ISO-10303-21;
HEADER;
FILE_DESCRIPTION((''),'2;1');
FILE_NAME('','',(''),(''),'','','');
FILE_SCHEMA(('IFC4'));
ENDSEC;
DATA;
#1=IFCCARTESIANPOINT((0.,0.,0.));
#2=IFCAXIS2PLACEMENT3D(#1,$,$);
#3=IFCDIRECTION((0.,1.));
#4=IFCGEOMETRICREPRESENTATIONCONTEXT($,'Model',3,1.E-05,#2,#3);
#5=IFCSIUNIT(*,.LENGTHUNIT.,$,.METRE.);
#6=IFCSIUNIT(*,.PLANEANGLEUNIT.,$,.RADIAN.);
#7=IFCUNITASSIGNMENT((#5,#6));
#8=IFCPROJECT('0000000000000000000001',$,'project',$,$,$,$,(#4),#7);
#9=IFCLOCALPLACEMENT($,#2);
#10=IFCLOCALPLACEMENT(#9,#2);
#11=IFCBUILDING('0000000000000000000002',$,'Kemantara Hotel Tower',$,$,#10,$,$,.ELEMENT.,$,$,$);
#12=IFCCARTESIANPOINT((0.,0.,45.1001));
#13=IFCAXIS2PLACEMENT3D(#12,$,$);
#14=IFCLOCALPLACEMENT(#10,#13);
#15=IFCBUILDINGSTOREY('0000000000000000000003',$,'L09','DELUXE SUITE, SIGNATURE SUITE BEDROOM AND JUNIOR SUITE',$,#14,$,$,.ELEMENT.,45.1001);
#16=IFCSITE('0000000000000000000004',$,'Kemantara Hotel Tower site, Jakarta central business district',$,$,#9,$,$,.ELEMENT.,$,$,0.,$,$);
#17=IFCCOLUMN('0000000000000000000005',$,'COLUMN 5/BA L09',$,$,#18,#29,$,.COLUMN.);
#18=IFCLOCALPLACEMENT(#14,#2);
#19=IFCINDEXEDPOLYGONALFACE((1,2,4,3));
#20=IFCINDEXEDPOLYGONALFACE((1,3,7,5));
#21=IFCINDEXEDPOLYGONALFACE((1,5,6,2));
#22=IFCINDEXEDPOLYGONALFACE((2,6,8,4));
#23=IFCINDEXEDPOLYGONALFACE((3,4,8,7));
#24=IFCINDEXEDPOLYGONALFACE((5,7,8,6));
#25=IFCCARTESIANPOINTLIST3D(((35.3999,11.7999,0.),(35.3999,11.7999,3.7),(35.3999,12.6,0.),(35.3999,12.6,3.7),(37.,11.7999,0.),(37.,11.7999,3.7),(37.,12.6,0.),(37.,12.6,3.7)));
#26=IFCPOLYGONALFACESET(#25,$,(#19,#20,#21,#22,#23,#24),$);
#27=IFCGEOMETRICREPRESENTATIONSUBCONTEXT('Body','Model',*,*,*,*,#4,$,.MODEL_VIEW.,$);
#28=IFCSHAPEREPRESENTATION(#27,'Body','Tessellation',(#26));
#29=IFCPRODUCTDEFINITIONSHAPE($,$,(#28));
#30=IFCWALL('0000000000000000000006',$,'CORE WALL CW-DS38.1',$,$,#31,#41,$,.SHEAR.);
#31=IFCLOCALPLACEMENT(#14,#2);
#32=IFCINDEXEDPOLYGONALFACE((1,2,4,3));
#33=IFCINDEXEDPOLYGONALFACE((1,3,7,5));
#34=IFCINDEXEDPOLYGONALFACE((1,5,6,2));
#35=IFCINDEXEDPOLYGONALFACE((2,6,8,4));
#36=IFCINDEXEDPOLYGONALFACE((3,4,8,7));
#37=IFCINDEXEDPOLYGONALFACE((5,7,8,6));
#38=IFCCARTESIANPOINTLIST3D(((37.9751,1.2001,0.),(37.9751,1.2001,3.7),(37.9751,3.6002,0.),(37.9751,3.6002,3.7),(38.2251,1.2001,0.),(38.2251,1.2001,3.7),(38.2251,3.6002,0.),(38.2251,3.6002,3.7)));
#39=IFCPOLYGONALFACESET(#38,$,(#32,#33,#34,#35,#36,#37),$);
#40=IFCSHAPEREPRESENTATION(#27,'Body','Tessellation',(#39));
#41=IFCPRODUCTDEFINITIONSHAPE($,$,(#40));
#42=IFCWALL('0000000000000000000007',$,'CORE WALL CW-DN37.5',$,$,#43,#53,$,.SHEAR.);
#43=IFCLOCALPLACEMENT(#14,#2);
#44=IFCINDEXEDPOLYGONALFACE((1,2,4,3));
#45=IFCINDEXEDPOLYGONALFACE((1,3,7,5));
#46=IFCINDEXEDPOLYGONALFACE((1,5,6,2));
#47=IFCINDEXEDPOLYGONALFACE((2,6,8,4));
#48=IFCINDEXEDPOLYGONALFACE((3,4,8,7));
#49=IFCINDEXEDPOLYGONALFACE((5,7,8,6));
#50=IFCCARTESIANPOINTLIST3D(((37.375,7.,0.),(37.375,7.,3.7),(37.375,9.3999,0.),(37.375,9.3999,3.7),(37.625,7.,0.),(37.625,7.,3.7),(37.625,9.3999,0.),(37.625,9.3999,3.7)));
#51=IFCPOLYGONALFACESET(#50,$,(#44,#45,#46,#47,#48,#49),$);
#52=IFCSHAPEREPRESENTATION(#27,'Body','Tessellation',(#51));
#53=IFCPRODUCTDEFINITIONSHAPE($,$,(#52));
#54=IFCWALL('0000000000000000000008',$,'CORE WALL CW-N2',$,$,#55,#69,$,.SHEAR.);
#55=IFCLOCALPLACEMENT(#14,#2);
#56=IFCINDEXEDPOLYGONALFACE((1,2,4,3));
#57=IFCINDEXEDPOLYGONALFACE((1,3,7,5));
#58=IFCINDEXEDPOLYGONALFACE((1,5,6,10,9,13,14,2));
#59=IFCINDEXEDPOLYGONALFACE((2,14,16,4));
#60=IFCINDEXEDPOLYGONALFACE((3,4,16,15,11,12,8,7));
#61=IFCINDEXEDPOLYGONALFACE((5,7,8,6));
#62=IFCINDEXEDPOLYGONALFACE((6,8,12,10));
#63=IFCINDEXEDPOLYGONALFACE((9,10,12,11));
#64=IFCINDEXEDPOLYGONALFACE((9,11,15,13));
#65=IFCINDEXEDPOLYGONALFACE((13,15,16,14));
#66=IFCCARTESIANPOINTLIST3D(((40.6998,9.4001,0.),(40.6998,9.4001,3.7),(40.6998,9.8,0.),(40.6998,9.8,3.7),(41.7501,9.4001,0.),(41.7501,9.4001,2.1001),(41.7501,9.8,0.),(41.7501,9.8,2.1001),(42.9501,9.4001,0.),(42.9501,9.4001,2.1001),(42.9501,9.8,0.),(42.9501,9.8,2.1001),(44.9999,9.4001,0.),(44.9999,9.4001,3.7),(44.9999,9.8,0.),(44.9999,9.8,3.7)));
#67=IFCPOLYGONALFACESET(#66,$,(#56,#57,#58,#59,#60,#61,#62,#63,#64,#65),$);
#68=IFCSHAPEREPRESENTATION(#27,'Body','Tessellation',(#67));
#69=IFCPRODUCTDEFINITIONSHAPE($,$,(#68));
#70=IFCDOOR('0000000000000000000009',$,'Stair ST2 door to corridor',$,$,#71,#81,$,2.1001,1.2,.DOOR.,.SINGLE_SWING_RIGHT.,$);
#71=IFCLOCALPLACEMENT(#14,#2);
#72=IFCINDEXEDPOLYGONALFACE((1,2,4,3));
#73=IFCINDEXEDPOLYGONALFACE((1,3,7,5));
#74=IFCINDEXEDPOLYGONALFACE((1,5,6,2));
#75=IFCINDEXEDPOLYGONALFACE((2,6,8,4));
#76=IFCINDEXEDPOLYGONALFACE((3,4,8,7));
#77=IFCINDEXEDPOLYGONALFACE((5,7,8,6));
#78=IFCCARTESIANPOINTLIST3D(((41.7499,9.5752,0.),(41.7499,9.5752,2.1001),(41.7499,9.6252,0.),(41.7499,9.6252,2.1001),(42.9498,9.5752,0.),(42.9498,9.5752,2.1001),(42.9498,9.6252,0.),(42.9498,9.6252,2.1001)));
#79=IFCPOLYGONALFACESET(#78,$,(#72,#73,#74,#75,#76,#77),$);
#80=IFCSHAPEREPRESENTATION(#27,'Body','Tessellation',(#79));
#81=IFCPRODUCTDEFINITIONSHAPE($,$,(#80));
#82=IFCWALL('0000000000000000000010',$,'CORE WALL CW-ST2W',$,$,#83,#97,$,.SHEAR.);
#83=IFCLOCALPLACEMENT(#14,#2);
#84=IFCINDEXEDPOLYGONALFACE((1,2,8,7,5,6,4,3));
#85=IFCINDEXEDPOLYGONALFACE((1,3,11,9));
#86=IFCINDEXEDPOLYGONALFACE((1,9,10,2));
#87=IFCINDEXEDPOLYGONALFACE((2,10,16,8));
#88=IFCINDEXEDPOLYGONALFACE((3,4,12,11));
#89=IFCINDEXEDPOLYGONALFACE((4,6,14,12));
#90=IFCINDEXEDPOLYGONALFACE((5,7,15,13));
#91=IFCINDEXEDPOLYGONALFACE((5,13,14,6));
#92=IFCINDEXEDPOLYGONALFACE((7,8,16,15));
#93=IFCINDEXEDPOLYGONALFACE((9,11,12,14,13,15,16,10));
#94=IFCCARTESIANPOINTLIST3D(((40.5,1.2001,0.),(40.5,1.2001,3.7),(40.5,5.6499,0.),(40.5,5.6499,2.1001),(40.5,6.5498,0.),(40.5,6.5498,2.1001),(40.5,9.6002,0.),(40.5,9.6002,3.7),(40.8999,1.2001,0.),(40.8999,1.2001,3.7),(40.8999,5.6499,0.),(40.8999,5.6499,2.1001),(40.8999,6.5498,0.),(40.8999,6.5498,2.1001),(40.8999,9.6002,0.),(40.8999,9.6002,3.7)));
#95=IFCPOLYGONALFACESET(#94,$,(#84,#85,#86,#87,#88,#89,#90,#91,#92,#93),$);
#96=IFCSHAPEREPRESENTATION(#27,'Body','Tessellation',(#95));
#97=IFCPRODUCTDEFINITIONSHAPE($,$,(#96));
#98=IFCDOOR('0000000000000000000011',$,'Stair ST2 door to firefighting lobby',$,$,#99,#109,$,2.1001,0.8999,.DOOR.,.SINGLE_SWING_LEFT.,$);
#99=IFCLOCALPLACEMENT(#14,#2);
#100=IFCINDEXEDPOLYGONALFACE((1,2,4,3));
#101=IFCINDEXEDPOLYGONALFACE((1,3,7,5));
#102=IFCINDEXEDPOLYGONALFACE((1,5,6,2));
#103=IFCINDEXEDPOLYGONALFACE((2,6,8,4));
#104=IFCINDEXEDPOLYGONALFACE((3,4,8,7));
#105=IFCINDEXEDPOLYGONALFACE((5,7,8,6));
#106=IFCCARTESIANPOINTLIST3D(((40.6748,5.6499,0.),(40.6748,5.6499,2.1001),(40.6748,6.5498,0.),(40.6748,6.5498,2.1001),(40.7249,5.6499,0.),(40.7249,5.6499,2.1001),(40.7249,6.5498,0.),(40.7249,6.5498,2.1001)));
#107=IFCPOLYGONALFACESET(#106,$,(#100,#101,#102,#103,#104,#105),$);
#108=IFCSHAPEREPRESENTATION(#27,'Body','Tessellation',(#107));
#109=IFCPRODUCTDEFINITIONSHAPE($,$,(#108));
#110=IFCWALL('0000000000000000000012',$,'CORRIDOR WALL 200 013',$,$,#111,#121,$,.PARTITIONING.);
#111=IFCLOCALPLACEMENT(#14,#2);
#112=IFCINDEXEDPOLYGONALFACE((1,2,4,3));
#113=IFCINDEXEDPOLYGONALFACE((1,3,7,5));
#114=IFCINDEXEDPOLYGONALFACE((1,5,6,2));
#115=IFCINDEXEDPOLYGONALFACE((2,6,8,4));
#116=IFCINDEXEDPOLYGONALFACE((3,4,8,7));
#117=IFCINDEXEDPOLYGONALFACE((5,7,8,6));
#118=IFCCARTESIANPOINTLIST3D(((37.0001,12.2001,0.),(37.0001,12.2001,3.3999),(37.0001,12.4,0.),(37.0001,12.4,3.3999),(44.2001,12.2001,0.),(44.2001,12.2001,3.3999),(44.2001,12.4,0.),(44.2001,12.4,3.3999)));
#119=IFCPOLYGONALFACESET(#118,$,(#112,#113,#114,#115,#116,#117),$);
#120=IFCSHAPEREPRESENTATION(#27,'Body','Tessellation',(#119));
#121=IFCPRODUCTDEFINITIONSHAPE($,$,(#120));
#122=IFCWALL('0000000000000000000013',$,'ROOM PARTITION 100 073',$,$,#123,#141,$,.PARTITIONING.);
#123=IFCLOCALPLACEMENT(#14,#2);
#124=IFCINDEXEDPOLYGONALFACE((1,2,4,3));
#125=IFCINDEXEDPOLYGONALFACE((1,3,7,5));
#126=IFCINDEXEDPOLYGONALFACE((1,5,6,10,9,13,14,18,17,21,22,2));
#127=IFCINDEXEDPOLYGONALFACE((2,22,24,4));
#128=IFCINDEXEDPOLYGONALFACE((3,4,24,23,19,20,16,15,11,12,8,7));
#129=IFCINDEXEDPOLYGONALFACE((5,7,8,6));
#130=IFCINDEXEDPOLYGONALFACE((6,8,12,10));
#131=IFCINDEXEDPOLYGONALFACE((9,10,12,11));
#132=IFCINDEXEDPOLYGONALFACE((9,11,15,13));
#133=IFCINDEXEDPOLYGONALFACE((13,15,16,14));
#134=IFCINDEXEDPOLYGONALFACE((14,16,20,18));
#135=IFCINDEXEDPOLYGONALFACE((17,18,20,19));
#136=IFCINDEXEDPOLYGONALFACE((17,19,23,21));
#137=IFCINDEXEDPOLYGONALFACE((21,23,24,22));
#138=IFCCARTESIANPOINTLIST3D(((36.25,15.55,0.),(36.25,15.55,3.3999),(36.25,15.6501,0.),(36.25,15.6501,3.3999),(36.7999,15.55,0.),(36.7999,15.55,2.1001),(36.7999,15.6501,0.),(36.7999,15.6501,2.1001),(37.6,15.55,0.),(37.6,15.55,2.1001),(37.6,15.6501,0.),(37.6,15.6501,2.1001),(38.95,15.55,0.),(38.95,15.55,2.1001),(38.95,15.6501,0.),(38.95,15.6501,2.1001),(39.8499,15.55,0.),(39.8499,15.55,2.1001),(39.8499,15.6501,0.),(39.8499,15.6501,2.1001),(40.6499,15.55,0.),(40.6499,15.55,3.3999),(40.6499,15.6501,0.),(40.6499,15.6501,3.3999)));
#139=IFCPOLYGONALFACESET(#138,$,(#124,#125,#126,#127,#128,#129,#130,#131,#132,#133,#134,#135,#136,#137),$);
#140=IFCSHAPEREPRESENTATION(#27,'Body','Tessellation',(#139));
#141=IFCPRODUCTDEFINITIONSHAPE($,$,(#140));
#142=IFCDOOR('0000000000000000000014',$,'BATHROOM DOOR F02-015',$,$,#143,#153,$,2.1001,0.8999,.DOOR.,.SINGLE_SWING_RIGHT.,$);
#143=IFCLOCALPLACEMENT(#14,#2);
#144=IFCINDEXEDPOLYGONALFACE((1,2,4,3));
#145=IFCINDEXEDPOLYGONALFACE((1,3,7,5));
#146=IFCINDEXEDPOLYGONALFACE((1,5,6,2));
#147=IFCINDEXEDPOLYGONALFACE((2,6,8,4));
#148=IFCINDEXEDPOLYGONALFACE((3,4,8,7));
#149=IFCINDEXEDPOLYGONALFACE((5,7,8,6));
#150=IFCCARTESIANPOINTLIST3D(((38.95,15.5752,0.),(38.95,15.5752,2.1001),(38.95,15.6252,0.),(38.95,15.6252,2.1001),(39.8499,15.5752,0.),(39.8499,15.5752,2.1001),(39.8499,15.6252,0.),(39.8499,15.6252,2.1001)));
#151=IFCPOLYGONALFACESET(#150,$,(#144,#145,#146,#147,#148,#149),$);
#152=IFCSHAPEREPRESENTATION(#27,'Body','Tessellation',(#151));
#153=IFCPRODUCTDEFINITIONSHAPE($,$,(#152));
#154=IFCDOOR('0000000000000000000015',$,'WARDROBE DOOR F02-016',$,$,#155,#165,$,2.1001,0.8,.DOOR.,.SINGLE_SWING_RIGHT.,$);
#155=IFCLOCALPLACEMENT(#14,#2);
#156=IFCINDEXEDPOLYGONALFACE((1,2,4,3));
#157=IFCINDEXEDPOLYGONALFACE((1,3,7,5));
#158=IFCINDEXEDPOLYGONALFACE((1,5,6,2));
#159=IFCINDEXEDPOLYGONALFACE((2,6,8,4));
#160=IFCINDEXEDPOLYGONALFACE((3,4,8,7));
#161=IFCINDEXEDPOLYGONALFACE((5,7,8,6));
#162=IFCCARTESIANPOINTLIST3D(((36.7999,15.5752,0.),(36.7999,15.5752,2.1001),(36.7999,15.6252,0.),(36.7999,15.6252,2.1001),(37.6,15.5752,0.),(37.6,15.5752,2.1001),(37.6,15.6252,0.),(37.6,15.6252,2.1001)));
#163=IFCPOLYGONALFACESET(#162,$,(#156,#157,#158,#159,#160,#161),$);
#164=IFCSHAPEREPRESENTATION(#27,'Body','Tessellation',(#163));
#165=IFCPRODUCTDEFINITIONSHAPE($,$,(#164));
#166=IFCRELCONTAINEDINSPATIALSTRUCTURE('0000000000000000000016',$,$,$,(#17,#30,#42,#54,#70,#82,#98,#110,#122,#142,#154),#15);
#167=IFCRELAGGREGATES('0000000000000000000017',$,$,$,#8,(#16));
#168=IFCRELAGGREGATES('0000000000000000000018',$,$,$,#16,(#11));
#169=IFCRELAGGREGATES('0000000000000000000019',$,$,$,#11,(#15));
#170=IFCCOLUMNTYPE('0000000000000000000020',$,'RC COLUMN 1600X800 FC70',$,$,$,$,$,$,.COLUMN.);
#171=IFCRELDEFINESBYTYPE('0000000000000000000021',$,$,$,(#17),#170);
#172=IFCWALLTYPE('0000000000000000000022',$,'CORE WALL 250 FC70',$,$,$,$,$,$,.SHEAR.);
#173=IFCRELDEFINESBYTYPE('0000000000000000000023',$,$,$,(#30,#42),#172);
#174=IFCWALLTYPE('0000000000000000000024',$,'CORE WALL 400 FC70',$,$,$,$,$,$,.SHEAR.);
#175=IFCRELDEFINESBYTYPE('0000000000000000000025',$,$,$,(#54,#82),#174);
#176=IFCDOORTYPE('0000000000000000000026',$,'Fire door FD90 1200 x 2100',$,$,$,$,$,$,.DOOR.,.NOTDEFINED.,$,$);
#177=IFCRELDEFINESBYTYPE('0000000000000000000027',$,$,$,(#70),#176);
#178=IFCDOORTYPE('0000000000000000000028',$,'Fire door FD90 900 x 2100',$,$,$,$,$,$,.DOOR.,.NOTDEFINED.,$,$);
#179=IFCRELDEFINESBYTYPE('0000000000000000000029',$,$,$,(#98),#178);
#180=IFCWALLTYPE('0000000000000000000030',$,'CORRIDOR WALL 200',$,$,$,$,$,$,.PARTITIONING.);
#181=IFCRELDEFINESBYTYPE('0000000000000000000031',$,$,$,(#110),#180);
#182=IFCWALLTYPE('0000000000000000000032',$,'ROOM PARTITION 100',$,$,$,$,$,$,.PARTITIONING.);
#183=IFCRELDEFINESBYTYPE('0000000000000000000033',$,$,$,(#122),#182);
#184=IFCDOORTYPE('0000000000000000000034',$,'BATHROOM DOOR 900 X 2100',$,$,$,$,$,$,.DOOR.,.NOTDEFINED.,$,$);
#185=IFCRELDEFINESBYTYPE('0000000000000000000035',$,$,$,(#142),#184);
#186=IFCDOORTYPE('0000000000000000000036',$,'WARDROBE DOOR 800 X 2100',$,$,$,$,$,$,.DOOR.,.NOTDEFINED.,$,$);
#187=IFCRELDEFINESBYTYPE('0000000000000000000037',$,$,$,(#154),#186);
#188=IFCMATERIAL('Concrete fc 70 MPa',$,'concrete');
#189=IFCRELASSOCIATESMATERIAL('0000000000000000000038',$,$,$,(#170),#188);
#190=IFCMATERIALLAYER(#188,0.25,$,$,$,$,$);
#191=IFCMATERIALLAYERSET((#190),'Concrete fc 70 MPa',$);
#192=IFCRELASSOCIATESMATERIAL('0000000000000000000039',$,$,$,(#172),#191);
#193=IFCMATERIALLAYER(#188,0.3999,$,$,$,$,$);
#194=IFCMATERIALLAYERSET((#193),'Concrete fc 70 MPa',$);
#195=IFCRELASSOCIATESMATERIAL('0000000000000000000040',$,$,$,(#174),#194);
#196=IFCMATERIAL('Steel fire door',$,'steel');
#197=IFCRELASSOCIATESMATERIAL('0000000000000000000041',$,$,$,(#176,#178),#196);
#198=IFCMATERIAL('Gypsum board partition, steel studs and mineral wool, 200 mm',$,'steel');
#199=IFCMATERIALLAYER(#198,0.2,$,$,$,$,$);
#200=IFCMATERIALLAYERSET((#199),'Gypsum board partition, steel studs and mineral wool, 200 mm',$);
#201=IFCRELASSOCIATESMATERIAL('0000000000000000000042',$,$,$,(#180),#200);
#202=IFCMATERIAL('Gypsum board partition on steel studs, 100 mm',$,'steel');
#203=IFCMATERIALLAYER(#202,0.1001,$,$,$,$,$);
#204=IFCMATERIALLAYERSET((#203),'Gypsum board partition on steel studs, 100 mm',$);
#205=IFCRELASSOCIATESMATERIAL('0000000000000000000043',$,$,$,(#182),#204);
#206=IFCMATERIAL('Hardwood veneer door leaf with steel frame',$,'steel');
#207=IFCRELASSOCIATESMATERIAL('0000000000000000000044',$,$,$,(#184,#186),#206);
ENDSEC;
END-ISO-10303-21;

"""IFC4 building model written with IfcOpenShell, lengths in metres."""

from ifc_helpers import new_model, si_unit, direction, frame, frame_2d, origin, origin_2d, place, context, subcontext, project, spatial, rectangle, extrude, material, layer, layer_set, material_profile, profile_set, type_object, element, fill, save


model = new_model("IFC4")

# Units and contexts
model_context = context("Model", 3, precision=1e-05, world=origin(), true_north=direction((0.0, 1.0)))
body_context = subcontext(model_context, "Body", "Model", "MODEL_VIEW")
ifc_project = project(units=[si_unit("LENGTHUNIT", "METRE"), si_unit("PLANEANGLEUNIT", "RADIAN")], contexts=[model_context])

# Site, building, storey
site_placement = place(None, origin())
site = spatial("IfcSite", under=ifc_project, at=site_placement, Name="Kemantara Hotel Tower site, Jakarta central business district", CompositionType="ELEMENT", RefElevation=0.0)
building_placement = place(site_placement, origin())
building = spatial("IfcBuilding", under=site, at=building_placement, Name="Kemantara Hotel Tower", CompositionType="ELEMENT")
storey_placement = place(building_placement, frame((0.0, 0.0, 45.1001)))
storey = spatial("IfcBuildingStorey", under=building, at=storey_placement, Name="L09", Description="DELUXE SUITE, SIGNATURE SUITE BEDROOM AND JUNIOR SUITE", CompositionType="ELEMENT", Elevation=45.1001)

# Column
ifc_material_1 = material(Name="Concrete fc 70 MPa", Category="concrete")
ifc_material_profile = material_profile(ifc_material_1, rectangle(XDim=1.6001, YDim=0.8, at=origin_2d()), Name="RC 1600X800")
ifc_profile_set = profile_set([ifc_material_profile], Name="Concrete fc 70 MPa")
column_type = type_object("IfcColumnType", Name="RC COLUMN 1600X800 FC70", PredefinedType="COLUMN", material=ifc_profile_set)
column_placement = place(storey_placement, frame((36.2, 12.2, 0.0), z_axis=(0.0, 0.0, 1.0), x_axis=(1.0, 0.0, 0.0)))
element("IfcColumn", 1, at=column_placement, inside=storey, type_object=column_type, Name="COLUMN 5/BA L09", PredefinedType="COLUMN", context=body_context, shape_type="SweptSolid", body=[
    extrude(rectangle(XDim=1.6001, YDim=0.8, at=origin_2d()), origin(), (0.0, 0.0, 1.0), 3.7),
])

# Walls
ifc_layer_1 = layer(ifc_material_1, 0.25)
ifc_layer_set_1 = layer_set([ifc_layer_1], Name="Concrete fc 70 MPa")
wall_type_1 = type_object("IfcWallType", Name="CORE WALL 250 FC70", PredefinedType="SHEAR", material=ifc_layer_set_1)
wall_1_placement = place(storey_placement, frame((38.1001, 1.2, 0.0), z_axis=(0.0, 0.0, 1.0), x_axis=(0.0, 1.0, 0.0)))
element("IfcWall", 2, at=wall_1_placement, inside=storey, type_object=wall_type_1, Name="CORE WALL CW-DS38.1", PredefinedType="SHEAR", context=body_context, shape_type="SweptSolid", body=[
    extrude(rectangle(XDim=2.4001, YDim=0.25, at=frame_2d((1.2002, 0.0))), origin(), (0.0, 0.0, 1.0), 3.7),
])
wall_2_placement = place(storey_placement, frame((37.5, 7.0, 0.0), z_axis=(0.0, 0.0, 1.0), x_axis=(0.0, 1.0, 0.0)))
element("IfcWall", 3, at=wall_2_placement, inside=storey, type_object=wall_type_1, Name="CORE WALL CW-DN37.5", PredefinedType="SHEAR", context=body_context, shape_type="SweptSolid", body=[
    extrude(rectangle(XDim=2.3999, YDim=0.25, at=frame_2d((1.2, 0.0))), origin(), (0.0, 0.0, 1.0), 3.7),
])

# Walls, openings, doors
ifc_layer_2 = layer(ifc_material_1, 0.3999)
ifc_layer_set_2 = layer_set([ifc_layer_2], Name="Concrete fc 70 MPa")
wall_type_2 = type_object("IfcWallType", Name="CORE WALL 400 FC70", PredefinedType="SHEAR", material=ifc_layer_set_2)
wall_3_placement = place(storey_placement, frame((40.7, 9.6001, 0.0), z_axis=(0.0, 0.0, 1.0), x_axis=(1.0, 0.0, 0.0)))
wall_3 = element("IfcWall", 4, at=wall_3_placement, inside=storey, type_object=wall_type_2, Name="CORE WALL CW-N2", PredefinedType="SHEAR", context=body_context, shape_type="SweptSolid", body=[
    extrude(rectangle(XDim=4.3, YDim=0.3999, at=frame_2d((2.1499, 0.0))), origin(), (0.0, 0.0, 1.0), 3.7),
])
opening_1_placement = place(wall_3_placement, frame((1.05, 0.0, 0.0)))
opening_1 = element("IfcOpeningElement", 5, at=opening_1_placement, cuts=wall_3, PredefinedType="OPENING", context=body_context, shape_type="SweptSolid", body=[
    extrude(rectangle(XDim=1.2, YDim=2.1001, at=frame_2d((0.6001, 1.05))), frame((0.0, 0.21, 0.0), z_axis=(0.0, -1.0, 0.0), x_axis=(1.0, 0.0, 0.0)), (0.0, 0.0, 1.0), 0.4199),
])
ifc_material_2 = material(Name="Steel fire door", Category="steel")
door_type_1 = type_object("IfcDoorType", Name="Fire door FD90 1200 x 2100", OperationType="NOTDEFINED", PredefinedType="DOOR", material=ifc_material_2)
door_1_placement = place(opening_1_placement, frame((1.2, 0.0, 0.0), z_axis=(0.0, 0.0, 1.0), x_axis=(-1.0, 0.0, 0.0)))
door_1 = element("IfcDoor", 6, at=door_1_placement, inside=storey, type_object=door_type_1, Name="Stair ST2 door to corridor", OperationType="SINGLE_SWING_RIGHT", OverallHeight=2.1001, OverallWidth=1.2, PredefinedType="DOOR", context=body_context, shape_type="SweptSolid", body=[
    extrude(rectangle(XDim=1.2, YDim=2.1001, at=frame_2d((0.6001, 1.05))), frame((0.0, 0.0249, 0.0), z_axis=(0.0, -1.0, 0.0), x_axis=(1.0, 0.0, 0.0)), (0.0, 0.0, 1.0), 0.05),
])
fill(opening_1, door_1)
wall_4_placement = place(storey_placement, frame((40.7, 1.2, 0.0), z_axis=(0.0, 0.0, 1.0), x_axis=(0.0, 1.0, 0.0)))
wall_4 = element("IfcWall", 7, at=wall_4_placement, inside=storey, type_object=wall_type_2, Name="CORE WALL CW-ST2W", PredefinedType="SHEAR", context=body_context, shape_type="SweptSolid", body=[
    extrude(rectangle(XDim=8.4001, YDim=0.3999, at=frame_2d((4.2002, 0.0))), origin(), (0.0, 0.0, 1.0), 3.7),
])
opening_2_placement = place(wall_4_placement, frame((4.45, 0.0, 0.0)))
opening_2 = element("IfcOpeningElement", 8, at=opening_2_placement, cuts=wall_4, PredefinedType="OPENING", context=body_context, shape_type="SweptSolid", body=[
    extrude(rectangle(XDim=0.8999, YDim=2.1001, at=frame_2d((0.45, 1.05))), frame((0.0, 0.21, 0.0), z_axis=(0.0, -1.0, 0.0), x_axis=(1.0, 0.0, 0.0)), (0.0, 0.0, 1.0), 0.4199),
])
door_type_2 = type_object("IfcDoorType", Name="Fire door FD90 900 x 2100", OperationType="NOTDEFINED", PredefinedType="DOOR", material=ifc_material_2)
door_2_placement = place(opening_2_placement, frame((0.8999, 0.0, 0.0), z_axis=(0.0, 0.0, 1.0), x_axis=(-1.0, 0.0, 0.0)))
door_2 = element("IfcDoor", 9, at=door_2_placement, inside=storey, type_object=door_type_2, Name="Stair ST2 door to firefighting lobby", OperationType="SINGLE_SWING_LEFT", OverallHeight=2.1001, OverallWidth=0.8999, PredefinedType="DOOR", context=body_context, shape_type="SweptSolid", body=[
    extrude(rectangle(XDim=0.8999, YDim=2.1001, at=frame_2d((0.45, 1.05))), frame((0.0, 0.0249, 0.0), z_axis=(0.0, -1.0, 0.0), x_axis=(1.0, 0.0, 0.0)), (0.0, 0.0, 1.0), 0.05),
])
fill(opening_2, door_2)

# Wall
ifc_material_3 = material(Name="Gypsum board partition, steel studs and mineral wool, 200 mm", Category="steel")
ifc_layer_3 = layer(ifc_material_3, 0.2)
ifc_layer_set_3 = layer_set([ifc_layer_3], Name="Gypsum board partition, steel studs and mineral wool, 200 mm")
wall_type_3 = type_object("IfcWallType", Name="CORRIDOR WALL 200", PredefinedType="PARTITIONING", material=ifc_layer_set_3)
wall_5_placement = place(storey_placement, frame((37.0, 12.3, 0.0), z_axis=(0.0, 0.0, 1.0), x_axis=(1.0, 0.0, 0.0)))
element("IfcWall", 10, at=wall_5_placement, inside=storey, type_object=wall_type_3, Name="CORRIDOR WALL 200 013", PredefinedType="PARTITIONING", context=body_context, shape_type="SweptSolid", body=[
    extrude(rectangle(XDim=7.2, YDim=0.2, at=frame_2d((3.6001, 0.0))), origin(), (0.0, 0.0, 1.0), 3.3999),
])

# Wall, openings, doors
ifc_material_4 = material(Name="Gypsum board partition on steel studs, 100 mm", Category="steel")
ifc_layer_4 = layer(ifc_material_4, 0.1001)
ifc_layer_set_4 = layer_set([ifc_layer_4], Name="Gypsum board partition on steel studs, 100 mm")
wall_type_4 = type_object("IfcWallType", Name="ROOM PARTITION 100", PredefinedType="PARTITIONING", material=ifc_layer_set_4)
wall_6_placement = place(storey_placement, frame((40.6499, 15.6001, 0.0), z_axis=(0.0, 0.0, 1.0), x_axis=(-1.0, 0.0, 0.0)))
wall_6 = element("IfcWall", 11, at=wall_6_placement, inside=storey, type_object=wall_type_4, Name="ROOM PARTITION 100 073", PredefinedType="PARTITIONING", context=body_context, shape_type="SweptSolid", body=[
    extrude(rectangle(XDim=4.3999, YDim=0.1001, at=frame_2d((2.2, 0.0))), origin(), (0.0, 0.0, 1.0), 3.3999),
])
opening_3_placement = place(wall_6_placement, frame((0.8, 0.0, 0.0)))
opening_3 = element("IfcOpeningElement", 12, at=opening_3_placement, cuts=wall_6, PredefinedType="OPENING", context=body_context, shape_type="SweptSolid", body=[
    extrude(rectangle(XDim=0.8999, YDim=2.1001, at=frame_2d((0.45, 1.05))), frame((0.0, 0.0601, 0.0), z_axis=(0.0, -1.0, 0.0), x_axis=(1.0, 0.0, 0.0)), (0.0, 0.0, 1.0), 0.1201),
])
opening_4_placement = place(wall_6_placement, frame((3.05, 0.0, 0.0)))
opening_4 = element("IfcOpeningElement", 13, at=opening_4_placement, cuts=wall_6, PredefinedType="OPENING", context=body_context, shape_type="SweptSolid", body=[
    extrude(rectangle(XDim=0.8, YDim=2.1001, at=frame_2d((0.3999, 1.05))), frame((0.0, 0.0601, 0.0), z_axis=(0.0, -1.0, 0.0), x_axis=(1.0, 0.0, 0.0)), (0.0, 0.0, 1.0), 0.1201),
])
ifc_material_5 = material(Name="Hardwood veneer door leaf with steel frame", Category="steel")
door_type_3 = type_object("IfcDoorType", Name="BATHROOM DOOR 900 X 2100", OperationType="NOTDEFINED", PredefinedType="DOOR", material=ifc_material_5)
door_3_placement = place(opening_3_placement, origin())
door_3 = element("IfcDoor", 14, at=door_3_placement, inside=storey, type_object=door_type_3, Name="BATHROOM DOOR F02-015", OperationType="SINGLE_SWING_RIGHT", OverallHeight=2.1001, OverallWidth=0.8999, PredefinedType="DOOR", context=body_context, shape_type="SweptSolid", body=[
    extrude(rectangle(XDim=0.8999, YDim=2.1001, at=frame_2d((0.45, 1.05))), frame((0.0, 0.0249, 0.0), z_axis=(0.0, -1.0, 0.0), x_axis=(1.0, 0.0, 0.0)), (0.0, 0.0, 1.0), 0.05),
])
fill(opening_3, door_3)
door_type_4 = type_object("IfcDoorType", Name="WARDROBE DOOR 800 X 2100", OperationType="NOTDEFINED", PredefinedType="DOOR", material=ifc_material_5)
door_4_placement = place(opening_4_placement, origin())
door_4 = element("IfcDoor", 15, at=door_4_placement, inside=storey, type_object=door_type_4, Name="WARDROBE DOOR F02-016", OperationType="SINGLE_SWING_RIGHT", OverallHeight=2.1001, OverallWidth=0.8, PredefinedType="DOOR", context=body_context, shape_type="SweptSolid", body=[
    extrude(rectangle(XDim=0.8, YDim=2.1001, at=frame_2d((0.3999, 1.05))), frame((0.0, 0.0249, 0.0), z_axis=(0.0, -1.0, 0.0), x_axis=(1.0, 0.0, 0.0)), (0.0, 0.0, 1.0), 0.05),
])
fill(opening_4, door_4)

save(model, "model.ifc")
